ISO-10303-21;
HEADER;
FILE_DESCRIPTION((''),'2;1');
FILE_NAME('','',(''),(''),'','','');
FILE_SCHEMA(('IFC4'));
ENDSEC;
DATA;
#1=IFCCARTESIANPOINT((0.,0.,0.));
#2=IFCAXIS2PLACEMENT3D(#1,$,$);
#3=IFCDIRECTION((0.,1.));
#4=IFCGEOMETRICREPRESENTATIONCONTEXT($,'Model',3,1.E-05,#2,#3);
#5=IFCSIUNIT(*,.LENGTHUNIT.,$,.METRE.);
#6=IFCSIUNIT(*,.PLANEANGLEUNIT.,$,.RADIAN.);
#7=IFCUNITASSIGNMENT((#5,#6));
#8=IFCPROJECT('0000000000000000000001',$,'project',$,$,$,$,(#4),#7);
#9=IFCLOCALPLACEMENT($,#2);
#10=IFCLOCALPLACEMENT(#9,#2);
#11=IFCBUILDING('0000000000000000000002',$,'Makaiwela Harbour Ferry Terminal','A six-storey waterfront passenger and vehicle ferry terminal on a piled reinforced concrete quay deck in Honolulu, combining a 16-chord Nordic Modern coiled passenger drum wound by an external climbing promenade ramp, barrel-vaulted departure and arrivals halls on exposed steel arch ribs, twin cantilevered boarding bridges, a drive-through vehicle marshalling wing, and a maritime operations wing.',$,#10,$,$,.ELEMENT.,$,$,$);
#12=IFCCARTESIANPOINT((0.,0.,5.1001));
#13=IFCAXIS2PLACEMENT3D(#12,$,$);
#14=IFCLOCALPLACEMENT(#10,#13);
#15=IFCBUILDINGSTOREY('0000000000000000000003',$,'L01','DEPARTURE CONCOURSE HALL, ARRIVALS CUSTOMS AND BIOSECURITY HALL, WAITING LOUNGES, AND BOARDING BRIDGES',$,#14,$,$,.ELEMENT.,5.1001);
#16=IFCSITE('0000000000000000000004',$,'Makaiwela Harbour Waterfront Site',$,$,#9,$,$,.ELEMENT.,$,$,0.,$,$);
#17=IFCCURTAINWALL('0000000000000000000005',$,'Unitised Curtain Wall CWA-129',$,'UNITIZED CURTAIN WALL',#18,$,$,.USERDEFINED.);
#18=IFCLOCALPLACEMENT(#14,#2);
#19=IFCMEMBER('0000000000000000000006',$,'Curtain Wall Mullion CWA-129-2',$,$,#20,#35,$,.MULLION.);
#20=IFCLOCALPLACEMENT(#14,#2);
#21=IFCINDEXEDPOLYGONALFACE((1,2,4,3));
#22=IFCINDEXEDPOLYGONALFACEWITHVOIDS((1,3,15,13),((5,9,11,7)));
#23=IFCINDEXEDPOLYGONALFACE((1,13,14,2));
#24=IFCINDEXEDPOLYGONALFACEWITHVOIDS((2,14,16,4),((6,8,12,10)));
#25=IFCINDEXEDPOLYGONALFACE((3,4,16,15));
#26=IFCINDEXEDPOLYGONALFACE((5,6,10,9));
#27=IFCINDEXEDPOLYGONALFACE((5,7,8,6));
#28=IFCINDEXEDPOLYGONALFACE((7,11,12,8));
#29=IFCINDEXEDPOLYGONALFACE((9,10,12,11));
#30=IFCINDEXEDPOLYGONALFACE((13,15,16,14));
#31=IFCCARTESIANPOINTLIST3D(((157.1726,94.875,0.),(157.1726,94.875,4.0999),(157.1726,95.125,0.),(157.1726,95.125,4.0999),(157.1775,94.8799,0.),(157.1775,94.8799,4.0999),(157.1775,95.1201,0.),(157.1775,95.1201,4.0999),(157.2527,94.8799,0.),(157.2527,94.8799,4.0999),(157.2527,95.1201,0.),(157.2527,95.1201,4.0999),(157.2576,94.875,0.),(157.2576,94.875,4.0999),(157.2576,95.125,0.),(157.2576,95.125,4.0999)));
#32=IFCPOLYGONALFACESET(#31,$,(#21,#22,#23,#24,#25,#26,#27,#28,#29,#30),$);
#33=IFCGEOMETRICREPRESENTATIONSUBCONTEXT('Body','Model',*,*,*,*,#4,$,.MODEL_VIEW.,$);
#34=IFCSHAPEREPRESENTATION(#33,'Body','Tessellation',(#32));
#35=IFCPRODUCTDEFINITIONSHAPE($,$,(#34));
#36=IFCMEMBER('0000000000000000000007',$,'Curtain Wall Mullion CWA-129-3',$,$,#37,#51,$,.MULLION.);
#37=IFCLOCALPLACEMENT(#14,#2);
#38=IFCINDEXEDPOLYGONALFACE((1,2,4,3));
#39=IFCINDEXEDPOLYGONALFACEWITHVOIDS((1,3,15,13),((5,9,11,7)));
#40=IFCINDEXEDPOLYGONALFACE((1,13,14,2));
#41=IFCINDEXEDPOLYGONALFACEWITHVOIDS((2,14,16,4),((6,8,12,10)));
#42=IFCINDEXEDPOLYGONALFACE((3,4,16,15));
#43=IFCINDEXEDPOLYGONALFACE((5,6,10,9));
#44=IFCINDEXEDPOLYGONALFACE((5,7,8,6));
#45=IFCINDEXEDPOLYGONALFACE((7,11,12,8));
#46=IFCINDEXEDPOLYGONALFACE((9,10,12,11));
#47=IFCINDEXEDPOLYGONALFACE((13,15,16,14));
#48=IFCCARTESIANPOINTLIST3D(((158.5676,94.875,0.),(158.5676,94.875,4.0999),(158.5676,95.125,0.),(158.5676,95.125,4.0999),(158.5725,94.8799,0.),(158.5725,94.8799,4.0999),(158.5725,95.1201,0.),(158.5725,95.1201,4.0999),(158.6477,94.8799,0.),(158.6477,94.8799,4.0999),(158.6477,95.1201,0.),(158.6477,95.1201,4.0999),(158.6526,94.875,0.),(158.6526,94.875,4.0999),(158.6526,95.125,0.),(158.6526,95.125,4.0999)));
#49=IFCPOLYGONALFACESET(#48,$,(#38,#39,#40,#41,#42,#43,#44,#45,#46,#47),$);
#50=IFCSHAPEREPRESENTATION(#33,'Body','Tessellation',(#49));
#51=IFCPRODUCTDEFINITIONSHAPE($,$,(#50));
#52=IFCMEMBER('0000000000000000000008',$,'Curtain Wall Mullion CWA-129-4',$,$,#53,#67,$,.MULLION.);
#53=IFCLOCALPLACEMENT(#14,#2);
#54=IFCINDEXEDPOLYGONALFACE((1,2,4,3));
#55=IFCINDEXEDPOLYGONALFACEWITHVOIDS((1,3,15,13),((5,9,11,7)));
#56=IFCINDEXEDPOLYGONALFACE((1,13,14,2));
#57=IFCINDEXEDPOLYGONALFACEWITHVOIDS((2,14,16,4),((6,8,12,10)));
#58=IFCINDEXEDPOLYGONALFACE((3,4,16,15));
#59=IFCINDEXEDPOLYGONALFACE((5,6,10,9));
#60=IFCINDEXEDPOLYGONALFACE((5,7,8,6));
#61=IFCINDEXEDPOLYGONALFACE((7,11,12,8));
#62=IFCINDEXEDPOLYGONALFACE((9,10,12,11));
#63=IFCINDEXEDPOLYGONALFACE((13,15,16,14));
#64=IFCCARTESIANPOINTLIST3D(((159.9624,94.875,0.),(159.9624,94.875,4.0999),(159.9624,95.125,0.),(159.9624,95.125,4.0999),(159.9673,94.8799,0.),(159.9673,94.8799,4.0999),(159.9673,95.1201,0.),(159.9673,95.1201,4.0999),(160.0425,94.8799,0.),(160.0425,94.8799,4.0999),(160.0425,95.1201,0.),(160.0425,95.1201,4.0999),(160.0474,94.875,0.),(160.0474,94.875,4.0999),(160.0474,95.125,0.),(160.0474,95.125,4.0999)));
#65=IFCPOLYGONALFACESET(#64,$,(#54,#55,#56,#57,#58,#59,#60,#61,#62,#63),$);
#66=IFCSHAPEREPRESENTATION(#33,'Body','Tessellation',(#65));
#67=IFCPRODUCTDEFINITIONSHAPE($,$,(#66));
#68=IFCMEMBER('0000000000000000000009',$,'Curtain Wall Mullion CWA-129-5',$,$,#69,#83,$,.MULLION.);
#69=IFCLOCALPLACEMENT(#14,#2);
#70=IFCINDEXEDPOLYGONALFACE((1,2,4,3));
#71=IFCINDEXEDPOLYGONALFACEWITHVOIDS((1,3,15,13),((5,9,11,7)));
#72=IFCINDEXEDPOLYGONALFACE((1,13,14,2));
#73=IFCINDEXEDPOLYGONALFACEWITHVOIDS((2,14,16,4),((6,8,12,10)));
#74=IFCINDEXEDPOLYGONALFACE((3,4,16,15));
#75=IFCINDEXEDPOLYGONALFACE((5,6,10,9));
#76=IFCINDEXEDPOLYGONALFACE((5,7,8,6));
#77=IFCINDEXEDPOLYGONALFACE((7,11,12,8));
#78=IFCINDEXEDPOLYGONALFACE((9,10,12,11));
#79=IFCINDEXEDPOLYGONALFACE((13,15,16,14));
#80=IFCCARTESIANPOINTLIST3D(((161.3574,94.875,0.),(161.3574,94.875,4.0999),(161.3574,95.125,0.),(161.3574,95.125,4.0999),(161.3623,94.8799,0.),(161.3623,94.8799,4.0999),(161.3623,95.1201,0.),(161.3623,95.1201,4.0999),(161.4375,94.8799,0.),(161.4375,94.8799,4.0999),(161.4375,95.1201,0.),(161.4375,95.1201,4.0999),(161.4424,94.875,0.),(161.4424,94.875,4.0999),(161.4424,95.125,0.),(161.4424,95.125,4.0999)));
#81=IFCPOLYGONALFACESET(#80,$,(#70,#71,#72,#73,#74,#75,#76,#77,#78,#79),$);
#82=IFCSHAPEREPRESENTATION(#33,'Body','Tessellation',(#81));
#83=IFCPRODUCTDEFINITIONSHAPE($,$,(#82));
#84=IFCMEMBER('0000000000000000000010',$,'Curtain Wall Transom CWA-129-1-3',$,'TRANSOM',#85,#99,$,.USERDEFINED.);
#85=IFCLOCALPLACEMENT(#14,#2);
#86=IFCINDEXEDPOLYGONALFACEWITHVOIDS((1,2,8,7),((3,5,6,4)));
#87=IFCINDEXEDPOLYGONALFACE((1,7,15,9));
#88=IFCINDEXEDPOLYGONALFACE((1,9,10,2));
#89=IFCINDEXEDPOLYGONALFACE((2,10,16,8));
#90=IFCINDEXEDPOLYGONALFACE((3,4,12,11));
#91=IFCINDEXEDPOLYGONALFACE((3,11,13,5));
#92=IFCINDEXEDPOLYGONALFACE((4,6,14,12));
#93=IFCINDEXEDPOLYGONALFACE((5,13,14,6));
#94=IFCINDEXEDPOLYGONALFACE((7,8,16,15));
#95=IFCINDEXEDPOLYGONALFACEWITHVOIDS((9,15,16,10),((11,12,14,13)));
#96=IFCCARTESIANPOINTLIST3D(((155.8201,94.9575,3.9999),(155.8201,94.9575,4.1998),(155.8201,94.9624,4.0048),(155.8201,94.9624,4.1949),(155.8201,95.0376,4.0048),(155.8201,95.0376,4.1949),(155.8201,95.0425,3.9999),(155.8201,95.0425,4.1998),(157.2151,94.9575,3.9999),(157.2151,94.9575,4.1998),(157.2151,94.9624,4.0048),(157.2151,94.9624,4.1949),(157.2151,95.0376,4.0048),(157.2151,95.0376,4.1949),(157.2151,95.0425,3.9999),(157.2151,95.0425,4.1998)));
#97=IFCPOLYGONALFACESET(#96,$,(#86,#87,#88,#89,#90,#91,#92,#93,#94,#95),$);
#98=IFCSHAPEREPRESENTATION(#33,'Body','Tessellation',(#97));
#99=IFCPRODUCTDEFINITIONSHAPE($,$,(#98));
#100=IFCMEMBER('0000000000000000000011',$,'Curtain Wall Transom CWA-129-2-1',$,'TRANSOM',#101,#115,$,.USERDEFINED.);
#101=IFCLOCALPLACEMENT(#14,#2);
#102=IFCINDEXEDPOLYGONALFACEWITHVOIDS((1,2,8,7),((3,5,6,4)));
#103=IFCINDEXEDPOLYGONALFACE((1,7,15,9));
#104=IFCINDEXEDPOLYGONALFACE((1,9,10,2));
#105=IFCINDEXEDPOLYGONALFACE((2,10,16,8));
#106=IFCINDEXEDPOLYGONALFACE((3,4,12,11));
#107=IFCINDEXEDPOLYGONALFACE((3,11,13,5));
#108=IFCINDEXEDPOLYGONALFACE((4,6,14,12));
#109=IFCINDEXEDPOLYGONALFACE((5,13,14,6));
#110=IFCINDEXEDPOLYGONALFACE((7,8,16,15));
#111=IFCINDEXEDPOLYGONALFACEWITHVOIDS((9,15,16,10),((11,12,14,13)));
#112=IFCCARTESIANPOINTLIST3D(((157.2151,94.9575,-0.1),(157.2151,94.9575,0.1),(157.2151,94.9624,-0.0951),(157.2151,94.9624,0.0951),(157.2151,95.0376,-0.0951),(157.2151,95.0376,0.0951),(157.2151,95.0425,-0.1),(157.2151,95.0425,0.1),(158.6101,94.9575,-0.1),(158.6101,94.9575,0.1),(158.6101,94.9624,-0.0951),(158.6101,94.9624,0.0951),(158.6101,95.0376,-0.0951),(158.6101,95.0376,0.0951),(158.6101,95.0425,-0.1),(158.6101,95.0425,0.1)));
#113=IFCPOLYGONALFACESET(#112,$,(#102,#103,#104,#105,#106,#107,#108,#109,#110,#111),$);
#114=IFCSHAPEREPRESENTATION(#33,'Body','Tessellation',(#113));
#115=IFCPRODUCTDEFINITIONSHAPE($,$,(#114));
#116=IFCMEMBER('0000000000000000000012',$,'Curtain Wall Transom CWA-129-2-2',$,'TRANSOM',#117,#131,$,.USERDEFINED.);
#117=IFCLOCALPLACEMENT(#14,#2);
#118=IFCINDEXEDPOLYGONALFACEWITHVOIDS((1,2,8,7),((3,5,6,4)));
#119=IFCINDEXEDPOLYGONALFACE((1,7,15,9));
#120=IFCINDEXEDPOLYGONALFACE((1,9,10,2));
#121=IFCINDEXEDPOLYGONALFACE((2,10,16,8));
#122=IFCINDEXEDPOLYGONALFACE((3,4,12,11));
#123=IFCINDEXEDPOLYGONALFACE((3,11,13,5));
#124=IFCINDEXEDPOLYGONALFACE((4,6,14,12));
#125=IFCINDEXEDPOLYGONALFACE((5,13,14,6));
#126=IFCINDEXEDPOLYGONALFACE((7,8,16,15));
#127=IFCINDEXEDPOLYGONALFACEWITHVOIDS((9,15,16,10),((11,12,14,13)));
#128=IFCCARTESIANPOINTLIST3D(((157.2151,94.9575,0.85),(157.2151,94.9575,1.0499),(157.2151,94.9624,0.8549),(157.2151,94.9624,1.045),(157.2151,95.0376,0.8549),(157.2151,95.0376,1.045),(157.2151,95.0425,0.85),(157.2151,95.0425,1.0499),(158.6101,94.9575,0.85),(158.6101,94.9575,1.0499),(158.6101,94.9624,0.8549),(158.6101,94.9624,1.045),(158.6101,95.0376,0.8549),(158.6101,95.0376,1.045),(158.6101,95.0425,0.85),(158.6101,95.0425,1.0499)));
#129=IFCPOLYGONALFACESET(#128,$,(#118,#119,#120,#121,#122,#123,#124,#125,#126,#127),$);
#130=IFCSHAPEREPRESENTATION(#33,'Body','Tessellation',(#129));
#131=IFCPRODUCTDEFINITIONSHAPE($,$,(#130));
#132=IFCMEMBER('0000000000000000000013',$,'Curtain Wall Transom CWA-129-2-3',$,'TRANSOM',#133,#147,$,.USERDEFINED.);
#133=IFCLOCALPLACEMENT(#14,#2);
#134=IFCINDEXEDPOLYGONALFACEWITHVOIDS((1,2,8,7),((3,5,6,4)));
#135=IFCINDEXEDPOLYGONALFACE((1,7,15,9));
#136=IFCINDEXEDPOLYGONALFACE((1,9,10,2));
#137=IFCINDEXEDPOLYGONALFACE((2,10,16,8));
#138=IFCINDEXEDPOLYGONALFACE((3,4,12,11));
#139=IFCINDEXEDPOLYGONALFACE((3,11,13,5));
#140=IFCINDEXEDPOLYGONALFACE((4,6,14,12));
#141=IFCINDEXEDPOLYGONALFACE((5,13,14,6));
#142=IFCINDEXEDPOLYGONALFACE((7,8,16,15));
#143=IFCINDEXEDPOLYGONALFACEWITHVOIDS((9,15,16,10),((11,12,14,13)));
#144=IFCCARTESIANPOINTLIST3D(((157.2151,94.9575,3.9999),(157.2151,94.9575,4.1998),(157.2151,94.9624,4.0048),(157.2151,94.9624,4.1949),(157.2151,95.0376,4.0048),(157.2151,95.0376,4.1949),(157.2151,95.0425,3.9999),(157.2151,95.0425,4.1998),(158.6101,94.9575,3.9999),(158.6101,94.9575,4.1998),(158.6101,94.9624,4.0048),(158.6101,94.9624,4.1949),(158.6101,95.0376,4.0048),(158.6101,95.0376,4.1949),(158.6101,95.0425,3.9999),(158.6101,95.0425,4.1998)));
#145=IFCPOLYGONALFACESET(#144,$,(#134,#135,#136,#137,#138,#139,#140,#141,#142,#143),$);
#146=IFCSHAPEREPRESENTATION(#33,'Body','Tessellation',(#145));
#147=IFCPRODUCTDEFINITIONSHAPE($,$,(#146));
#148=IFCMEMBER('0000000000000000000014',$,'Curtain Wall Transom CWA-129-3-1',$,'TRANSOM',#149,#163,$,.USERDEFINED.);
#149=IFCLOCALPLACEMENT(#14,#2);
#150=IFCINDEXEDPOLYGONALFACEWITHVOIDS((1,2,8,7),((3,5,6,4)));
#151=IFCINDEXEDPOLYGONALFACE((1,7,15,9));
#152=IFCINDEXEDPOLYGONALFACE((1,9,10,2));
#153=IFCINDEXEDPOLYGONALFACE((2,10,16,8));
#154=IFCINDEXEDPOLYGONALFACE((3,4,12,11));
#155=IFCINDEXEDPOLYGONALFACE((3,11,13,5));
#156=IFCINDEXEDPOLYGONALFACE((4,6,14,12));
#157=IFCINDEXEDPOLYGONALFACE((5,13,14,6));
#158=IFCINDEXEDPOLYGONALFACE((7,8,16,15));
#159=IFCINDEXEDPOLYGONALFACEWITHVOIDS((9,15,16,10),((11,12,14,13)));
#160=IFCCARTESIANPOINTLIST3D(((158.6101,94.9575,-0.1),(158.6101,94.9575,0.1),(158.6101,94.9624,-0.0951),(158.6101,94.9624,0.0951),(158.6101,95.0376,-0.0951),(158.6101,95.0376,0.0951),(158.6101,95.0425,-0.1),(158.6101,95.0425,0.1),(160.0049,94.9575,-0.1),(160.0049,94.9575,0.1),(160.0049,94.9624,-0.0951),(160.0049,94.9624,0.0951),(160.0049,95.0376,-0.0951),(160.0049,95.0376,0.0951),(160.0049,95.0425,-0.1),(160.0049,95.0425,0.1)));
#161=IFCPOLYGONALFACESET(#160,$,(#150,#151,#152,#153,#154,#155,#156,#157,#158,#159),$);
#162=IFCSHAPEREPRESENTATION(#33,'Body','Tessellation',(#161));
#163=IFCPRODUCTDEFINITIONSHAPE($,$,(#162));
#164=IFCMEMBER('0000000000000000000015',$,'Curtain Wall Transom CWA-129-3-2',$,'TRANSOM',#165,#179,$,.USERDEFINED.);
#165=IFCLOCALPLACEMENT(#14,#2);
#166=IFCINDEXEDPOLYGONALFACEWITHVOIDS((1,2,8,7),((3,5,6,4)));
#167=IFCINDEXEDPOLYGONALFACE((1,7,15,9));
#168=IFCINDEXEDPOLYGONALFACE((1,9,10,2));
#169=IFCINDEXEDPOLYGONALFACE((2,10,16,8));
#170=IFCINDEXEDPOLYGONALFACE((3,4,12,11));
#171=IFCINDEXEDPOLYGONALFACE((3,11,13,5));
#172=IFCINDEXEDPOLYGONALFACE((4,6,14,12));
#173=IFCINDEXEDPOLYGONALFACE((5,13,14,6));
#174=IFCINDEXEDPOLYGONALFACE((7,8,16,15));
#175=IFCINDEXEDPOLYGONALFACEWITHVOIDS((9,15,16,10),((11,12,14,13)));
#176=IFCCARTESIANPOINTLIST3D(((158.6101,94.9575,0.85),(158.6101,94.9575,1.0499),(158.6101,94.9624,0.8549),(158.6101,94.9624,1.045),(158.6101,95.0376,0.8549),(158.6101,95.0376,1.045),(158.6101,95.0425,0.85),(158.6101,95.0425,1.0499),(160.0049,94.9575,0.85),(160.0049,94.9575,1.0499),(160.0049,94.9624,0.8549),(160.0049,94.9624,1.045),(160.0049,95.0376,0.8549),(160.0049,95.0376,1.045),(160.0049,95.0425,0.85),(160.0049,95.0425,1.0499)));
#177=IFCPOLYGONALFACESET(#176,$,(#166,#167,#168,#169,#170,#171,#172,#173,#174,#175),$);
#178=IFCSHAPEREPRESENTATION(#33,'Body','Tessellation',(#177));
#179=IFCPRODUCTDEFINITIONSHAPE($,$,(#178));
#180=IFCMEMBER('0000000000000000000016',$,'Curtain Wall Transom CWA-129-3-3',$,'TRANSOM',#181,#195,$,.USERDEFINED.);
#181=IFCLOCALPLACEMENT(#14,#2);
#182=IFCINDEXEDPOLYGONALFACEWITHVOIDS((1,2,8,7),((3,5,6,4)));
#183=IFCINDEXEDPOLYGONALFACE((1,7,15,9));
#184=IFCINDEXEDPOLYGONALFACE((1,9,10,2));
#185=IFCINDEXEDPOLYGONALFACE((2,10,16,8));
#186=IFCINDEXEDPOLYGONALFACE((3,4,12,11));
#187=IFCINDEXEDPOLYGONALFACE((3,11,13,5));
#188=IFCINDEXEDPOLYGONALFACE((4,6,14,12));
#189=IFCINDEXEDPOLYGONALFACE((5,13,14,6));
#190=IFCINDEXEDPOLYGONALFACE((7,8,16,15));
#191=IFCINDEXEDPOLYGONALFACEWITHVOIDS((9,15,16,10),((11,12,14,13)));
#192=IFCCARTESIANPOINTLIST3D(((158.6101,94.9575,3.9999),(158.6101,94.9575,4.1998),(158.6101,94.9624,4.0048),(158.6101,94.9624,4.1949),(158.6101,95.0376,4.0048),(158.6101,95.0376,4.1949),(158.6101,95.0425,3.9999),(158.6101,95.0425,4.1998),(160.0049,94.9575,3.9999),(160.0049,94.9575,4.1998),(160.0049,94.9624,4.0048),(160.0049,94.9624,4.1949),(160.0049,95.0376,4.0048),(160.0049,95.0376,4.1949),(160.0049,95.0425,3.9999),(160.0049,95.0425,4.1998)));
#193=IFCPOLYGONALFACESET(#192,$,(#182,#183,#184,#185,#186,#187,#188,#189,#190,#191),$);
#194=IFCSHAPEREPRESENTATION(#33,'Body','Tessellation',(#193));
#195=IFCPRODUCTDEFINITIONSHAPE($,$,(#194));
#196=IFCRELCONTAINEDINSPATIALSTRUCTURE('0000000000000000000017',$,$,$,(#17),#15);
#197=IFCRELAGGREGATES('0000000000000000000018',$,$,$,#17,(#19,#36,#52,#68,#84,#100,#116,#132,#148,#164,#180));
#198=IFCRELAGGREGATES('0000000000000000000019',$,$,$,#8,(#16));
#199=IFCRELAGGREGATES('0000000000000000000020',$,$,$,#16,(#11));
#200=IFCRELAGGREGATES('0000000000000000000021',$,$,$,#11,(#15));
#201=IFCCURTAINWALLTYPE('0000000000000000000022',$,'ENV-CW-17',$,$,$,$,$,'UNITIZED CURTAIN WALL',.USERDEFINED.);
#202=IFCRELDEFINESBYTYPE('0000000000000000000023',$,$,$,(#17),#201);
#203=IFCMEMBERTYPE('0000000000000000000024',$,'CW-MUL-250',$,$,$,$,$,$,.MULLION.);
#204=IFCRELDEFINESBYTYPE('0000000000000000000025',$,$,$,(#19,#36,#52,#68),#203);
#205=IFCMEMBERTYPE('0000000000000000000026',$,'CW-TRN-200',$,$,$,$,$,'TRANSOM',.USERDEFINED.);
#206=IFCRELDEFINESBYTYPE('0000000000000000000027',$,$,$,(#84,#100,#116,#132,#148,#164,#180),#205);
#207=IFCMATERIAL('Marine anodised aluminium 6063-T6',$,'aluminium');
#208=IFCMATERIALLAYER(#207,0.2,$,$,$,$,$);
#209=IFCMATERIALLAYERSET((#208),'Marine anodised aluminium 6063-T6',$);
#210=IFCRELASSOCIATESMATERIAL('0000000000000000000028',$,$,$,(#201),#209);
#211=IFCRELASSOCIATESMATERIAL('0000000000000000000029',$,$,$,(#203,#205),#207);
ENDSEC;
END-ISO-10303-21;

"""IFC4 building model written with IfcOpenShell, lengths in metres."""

from ifc_helpers import new_model, si_unit, direction, frame, origin, origin_2d, place, context, subcontext, project, spatial, hollow_rectangle, extrude, material, layer, layer_set, material_profile, profile_set, type_object, element, aggregate, save


model = new_model("IFC4")

# Units and contexts
model_context = context("Model", 3, precision=1e-05, world=origin(), true_north=direction((0.0, 1.0)))
body_context = subcontext(model_context, "Body", "Model", "MODEL_VIEW")
ifc_project = project(units=[si_unit("LENGTHUNIT", "METRE"), si_unit("PLANEANGLEUNIT", "RADIAN")], contexts=[model_context])

# Site, building, storey
site_placement = place(None, origin())
site = spatial("IfcSite", under=ifc_project, at=site_placement, Name="Makaiwela Harbour Waterfront Site", CompositionType="ELEMENT", RefElevation=0.0)
building_placement = place(site_placement, origin())
building = spatial("IfcBuilding", under=site, at=building_placement, Name="Makaiwela Harbour Ferry Terminal", Description="A six-storey waterfront passenger and vehicle ferry terminal on a piled reinforced concrete quay deck in Honolulu, combining a 16-chord Nordic Modern coiled passenger drum wound by an external climbing promenade ramp, barrel-vaulted departure and arrivals halls on exposed steel arch ribs, twin cantilevered boarding bridges, a drive-through vehicle marshalling wing, and a maritime operations wing.", CompositionType="ELEMENT")
storey_placement = place(building_placement, frame((0.0, 0.0, 5.1001)))
storey = spatial("IfcBuildingStorey", under=building, at=storey_placement, Name="L01", Description="DEPARTURE CONCOURSE HALL, ARRIVALS CUSTOMS AND BIOSECURITY HALL, WAITING LOUNGES, AND BOARDING BRIDGES", CompositionType="ELEMENT", Elevation=5.1001)

# Curtain wall, members
ifc_material_1 = material(Name="Marine anodised aluminium 6063-T6", Category="aluminium")
ifc_layer_1 = layer(ifc_material_1, 0.2)
ifc_layer_set_1 = layer_set([ifc_layer_1], Name="Marine anodised aluminium 6063-T6")
curtain_wall_type = type_object("IfcCurtainWallType", Name="ENV-CW-17", ElementType="UNITIZED CURTAIN WALL", PredefinedType="USERDEFINED", material=ifc_layer_set_1)
curtain_wall_placement = place(storey_placement, origin())
curtain_wall = element("IfcCurtainWall", 1, at=curtain_wall_placement, inside=storey, type_object=curtain_wall_type, Name="Unitised Curtain Wall CWA-129", ObjectType="UNITIZED CURTAIN WALL", PredefinedType="USERDEFINED")
ifc_material_profile_1 = material_profile(ifc_material_1, hollow_rectangle(XDim=0.085, YDim=0.25, WallThickness=0.0049, at=origin_2d()), Name="CWM-250X85")
ifc_profile_set_1 = profile_set([ifc_material_profile_1], Name="Marine anodised aluminium 6063-T6")
member_type_1 = type_object("IfcMemberType", Name="CW-MUL-250", PredefinedType="MULLION", material=ifc_profile_set_1)
member_1_placement = place(storey_placement, frame((157.2151, 95.0, 0.0), z_axis=(0.0, 0.0, 1.0), x_axis=(1.0, 0.0, 0.0)))
member_1 = element("IfcMember", 2, at=member_1_placement, type_object=member_type_1, Name="Curtain Wall Mullion CWA-129-2", PredefinedType="MULLION", context=body_context, shape_type="SweptSolid", body=[
    extrude(hollow_rectangle(XDim=0.085, YDim=0.25, WallThickness=0.0049, at=origin_2d()), origin(), (0.0, 0.0, 1.0), 4.0999),
])
member_2_placement = place(storey_placement, frame((158.6101, 95.0, 0.0), z_axis=(0.0, 0.0, 1.0), x_axis=(1.0, 0.0, 0.0)))
member_2 = element("IfcMember", 3, at=member_2_placement, type_object=member_type_1, Name="Curtain Wall Mullion CWA-129-3", PredefinedType="MULLION", context=body_context, shape_type="SweptSolid", body=[
    extrude(hollow_rectangle(XDim=0.085, YDim=0.25, WallThickness=0.0049, at=origin_2d()), origin(), (0.0, 0.0, 1.0), 4.0999),
])
member_3_placement = place(storey_placement, frame((160.0049, 95.0, 0.0), z_axis=(0.0, 0.0, 1.0), x_axis=(1.0, 0.0, 0.0)))
member_3 = element("IfcMember", 4, at=member_3_placement, type_object=member_type_1, Name="Curtain Wall Mullion CWA-129-4", PredefinedType="MULLION", context=body_context, shape_type="SweptSolid", body=[
    extrude(hollow_rectangle(XDim=0.085, YDim=0.25, WallThickness=0.0049, at=origin_2d()), origin(), (0.0, 0.0, 1.0), 4.0999),
])
member_4_placement = place(storey_placement, frame((161.3999, 95.0, 0.0), z_axis=(0.0, 0.0, 1.0), x_axis=(1.0, 0.0, 0.0)))
member_4 = element("IfcMember", 5, at=member_4_placement, type_object=member_type_1, Name="Curtain Wall Mullion CWA-129-5", PredefinedType="MULLION", context=body_context, shape_type="SweptSolid", body=[
    extrude(hollow_rectangle(XDim=0.085, YDim=0.25, WallThickness=0.0049, at=origin_2d()), origin(), (0.0, 0.0, 1.0), 4.0999),
])
ifc_material_profile_2 = material_profile(ifc_material_1, hollow_rectangle(XDim=0.085, YDim=0.2, WallThickness=0.0049, at=origin_2d()), Name="CWT-200X85")
ifc_profile_set_2 = profile_set([ifc_material_profile_2], Name="Marine anodised aluminium 6063-T6")
member_type_2 = type_object("IfcMemberType", Name="CW-TRN-200", ElementType="TRANSOM", PredefinedType="USERDEFINED", material=ifc_profile_set_2)
member_5_placement = place(storey_placement, frame((155.8201, 95.0, 4.0999), z_axis=(1.0, 0.0, 0.0), x_axis=(0.0, 1.0, 0.0)))
member_5 = element("IfcMember", 6, at=member_5_placement, type_object=member_type_2, Name="Curtain Wall Transom CWA-129-1-3", ObjectType="TRANSOM", PredefinedType="USERDEFINED", context=body_context, shape_type="SweptSolid", body=[
    extrude(hollow_rectangle(XDim=0.085, YDim=0.2, WallThickness=0.0049, at=origin_2d()), origin(), (0.0, 0.0, 1.0), 1.395),
])
member_6_placement = place(storey_placement, frame((157.2151, 95.0, 0.0), z_axis=(1.0, 0.0, 0.0), x_axis=(0.0, 1.0, 0.0)))
member_6 = element("IfcMember", 7, at=member_6_placement, type_object=member_type_2, Name="Curtain Wall Transom CWA-129-2-1", ObjectType="TRANSOM", PredefinedType="USERDEFINED", context=body_context, shape_type="SweptSolid", body=[
    extrude(hollow_rectangle(XDim=0.085, YDim=0.2, WallThickness=0.0049, at=origin_2d()), origin(), (0.0, 0.0, 1.0), 1.395),
])
member_7_placement = place(storey_placement, frame((157.2151, 95.0, 0.95), z_axis=(1.0, 0.0, 0.0), x_axis=(0.0, 1.0, 0.0)))
member_7 = element("IfcMember", 8, at=member_7_placement, type_object=member_type_2, Name="Curtain Wall Transom CWA-129-2-2", ObjectType="TRANSOM", PredefinedType="USERDEFINED", context=body_context, shape_type="SweptSolid", body=[
    extrude(hollow_rectangle(XDim=0.085, YDim=0.2, WallThickness=0.0049, at=origin_2d()), origin(), (0.0, 0.0, 1.0), 1.395),
])
member_8_placement = place(storey_placement, frame((157.2151, 95.0, 4.0999), z_axis=(1.0, 0.0, 0.0), x_axis=(0.0, 1.0, 0.0)))
member_8 = element("IfcMember", 9, at=member_8_placement, type_object=member_type_2, Name="Curtain Wall Transom CWA-129-2-3", ObjectType="TRANSOM", PredefinedType="USERDEFINED", context=body_context, shape_type="SweptSolid", body=[
    extrude(hollow_rectangle(XDim=0.085, YDim=0.2, WallThickness=0.0049, at=origin_2d()), origin(), (0.0, 0.0, 1.0), 1.395),
])
member_9_placement = place(storey_placement, frame((158.6101, 95.0, 0.0), z_axis=(1.0, 0.0, 0.0), x_axis=(0.0, 1.0, 0.0)))
member_9 = element("IfcMember", 10, at=member_9_placement, type_object=member_type_2, Name="Curtain Wall Transom CWA-129-3-1", ObjectType="TRANSOM", PredefinedType="USERDEFINED", context=body_context, shape_type="SweptSolid", body=[
    extrude(hollow_rectangle(XDim=0.085, YDim=0.2, WallThickness=0.0049, at=origin_2d()), origin(), (0.0, 0.0, 1.0), 1.3948),
])
member_10_placement = place(storey_placement, frame((158.6101, 95.0, 0.95), z_axis=(1.0, 0.0, 0.0), x_axis=(0.0, 1.0, 0.0)))
member_10 = element("IfcMember", 11, at=member_10_placement, type_object=member_type_2, Name="Curtain Wall Transom CWA-129-3-2", ObjectType="TRANSOM", PredefinedType="USERDEFINED", context=body_context, shape_type="SweptSolid", body=[
    extrude(hollow_rectangle(XDim=0.085, YDim=0.2, WallThickness=0.0049, at=origin_2d()), origin(), (0.0, 0.0, 1.0), 1.3948),
])
member_11_placement = place(storey_placement, frame((158.6101, 95.0, 4.0999), z_axis=(1.0, 0.0, 0.0), x_axis=(0.0, 1.0, 0.0)))
member_11 = element("IfcMember", 12, at=member_11_placement, type_object=member_type_2, Name="Curtain Wall Transom CWA-129-3-3", ObjectType="TRANSOM", PredefinedType="USERDEFINED", context=body_context, shape_type="SweptSolid", body=[
    extrude(hollow_rectangle(XDim=0.085, YDim=0.2, WallThickness=0.0049, at=origin_2d()), origin(), (0.0, 0.0, 1.0), 1.3948),
])
aggregate(curtain_wall, [member_1, member_2, member_3, member_4, member_5, member_6, member_7, member_8, member_9, member_10, member_11])

save(model, "model.ifc")
